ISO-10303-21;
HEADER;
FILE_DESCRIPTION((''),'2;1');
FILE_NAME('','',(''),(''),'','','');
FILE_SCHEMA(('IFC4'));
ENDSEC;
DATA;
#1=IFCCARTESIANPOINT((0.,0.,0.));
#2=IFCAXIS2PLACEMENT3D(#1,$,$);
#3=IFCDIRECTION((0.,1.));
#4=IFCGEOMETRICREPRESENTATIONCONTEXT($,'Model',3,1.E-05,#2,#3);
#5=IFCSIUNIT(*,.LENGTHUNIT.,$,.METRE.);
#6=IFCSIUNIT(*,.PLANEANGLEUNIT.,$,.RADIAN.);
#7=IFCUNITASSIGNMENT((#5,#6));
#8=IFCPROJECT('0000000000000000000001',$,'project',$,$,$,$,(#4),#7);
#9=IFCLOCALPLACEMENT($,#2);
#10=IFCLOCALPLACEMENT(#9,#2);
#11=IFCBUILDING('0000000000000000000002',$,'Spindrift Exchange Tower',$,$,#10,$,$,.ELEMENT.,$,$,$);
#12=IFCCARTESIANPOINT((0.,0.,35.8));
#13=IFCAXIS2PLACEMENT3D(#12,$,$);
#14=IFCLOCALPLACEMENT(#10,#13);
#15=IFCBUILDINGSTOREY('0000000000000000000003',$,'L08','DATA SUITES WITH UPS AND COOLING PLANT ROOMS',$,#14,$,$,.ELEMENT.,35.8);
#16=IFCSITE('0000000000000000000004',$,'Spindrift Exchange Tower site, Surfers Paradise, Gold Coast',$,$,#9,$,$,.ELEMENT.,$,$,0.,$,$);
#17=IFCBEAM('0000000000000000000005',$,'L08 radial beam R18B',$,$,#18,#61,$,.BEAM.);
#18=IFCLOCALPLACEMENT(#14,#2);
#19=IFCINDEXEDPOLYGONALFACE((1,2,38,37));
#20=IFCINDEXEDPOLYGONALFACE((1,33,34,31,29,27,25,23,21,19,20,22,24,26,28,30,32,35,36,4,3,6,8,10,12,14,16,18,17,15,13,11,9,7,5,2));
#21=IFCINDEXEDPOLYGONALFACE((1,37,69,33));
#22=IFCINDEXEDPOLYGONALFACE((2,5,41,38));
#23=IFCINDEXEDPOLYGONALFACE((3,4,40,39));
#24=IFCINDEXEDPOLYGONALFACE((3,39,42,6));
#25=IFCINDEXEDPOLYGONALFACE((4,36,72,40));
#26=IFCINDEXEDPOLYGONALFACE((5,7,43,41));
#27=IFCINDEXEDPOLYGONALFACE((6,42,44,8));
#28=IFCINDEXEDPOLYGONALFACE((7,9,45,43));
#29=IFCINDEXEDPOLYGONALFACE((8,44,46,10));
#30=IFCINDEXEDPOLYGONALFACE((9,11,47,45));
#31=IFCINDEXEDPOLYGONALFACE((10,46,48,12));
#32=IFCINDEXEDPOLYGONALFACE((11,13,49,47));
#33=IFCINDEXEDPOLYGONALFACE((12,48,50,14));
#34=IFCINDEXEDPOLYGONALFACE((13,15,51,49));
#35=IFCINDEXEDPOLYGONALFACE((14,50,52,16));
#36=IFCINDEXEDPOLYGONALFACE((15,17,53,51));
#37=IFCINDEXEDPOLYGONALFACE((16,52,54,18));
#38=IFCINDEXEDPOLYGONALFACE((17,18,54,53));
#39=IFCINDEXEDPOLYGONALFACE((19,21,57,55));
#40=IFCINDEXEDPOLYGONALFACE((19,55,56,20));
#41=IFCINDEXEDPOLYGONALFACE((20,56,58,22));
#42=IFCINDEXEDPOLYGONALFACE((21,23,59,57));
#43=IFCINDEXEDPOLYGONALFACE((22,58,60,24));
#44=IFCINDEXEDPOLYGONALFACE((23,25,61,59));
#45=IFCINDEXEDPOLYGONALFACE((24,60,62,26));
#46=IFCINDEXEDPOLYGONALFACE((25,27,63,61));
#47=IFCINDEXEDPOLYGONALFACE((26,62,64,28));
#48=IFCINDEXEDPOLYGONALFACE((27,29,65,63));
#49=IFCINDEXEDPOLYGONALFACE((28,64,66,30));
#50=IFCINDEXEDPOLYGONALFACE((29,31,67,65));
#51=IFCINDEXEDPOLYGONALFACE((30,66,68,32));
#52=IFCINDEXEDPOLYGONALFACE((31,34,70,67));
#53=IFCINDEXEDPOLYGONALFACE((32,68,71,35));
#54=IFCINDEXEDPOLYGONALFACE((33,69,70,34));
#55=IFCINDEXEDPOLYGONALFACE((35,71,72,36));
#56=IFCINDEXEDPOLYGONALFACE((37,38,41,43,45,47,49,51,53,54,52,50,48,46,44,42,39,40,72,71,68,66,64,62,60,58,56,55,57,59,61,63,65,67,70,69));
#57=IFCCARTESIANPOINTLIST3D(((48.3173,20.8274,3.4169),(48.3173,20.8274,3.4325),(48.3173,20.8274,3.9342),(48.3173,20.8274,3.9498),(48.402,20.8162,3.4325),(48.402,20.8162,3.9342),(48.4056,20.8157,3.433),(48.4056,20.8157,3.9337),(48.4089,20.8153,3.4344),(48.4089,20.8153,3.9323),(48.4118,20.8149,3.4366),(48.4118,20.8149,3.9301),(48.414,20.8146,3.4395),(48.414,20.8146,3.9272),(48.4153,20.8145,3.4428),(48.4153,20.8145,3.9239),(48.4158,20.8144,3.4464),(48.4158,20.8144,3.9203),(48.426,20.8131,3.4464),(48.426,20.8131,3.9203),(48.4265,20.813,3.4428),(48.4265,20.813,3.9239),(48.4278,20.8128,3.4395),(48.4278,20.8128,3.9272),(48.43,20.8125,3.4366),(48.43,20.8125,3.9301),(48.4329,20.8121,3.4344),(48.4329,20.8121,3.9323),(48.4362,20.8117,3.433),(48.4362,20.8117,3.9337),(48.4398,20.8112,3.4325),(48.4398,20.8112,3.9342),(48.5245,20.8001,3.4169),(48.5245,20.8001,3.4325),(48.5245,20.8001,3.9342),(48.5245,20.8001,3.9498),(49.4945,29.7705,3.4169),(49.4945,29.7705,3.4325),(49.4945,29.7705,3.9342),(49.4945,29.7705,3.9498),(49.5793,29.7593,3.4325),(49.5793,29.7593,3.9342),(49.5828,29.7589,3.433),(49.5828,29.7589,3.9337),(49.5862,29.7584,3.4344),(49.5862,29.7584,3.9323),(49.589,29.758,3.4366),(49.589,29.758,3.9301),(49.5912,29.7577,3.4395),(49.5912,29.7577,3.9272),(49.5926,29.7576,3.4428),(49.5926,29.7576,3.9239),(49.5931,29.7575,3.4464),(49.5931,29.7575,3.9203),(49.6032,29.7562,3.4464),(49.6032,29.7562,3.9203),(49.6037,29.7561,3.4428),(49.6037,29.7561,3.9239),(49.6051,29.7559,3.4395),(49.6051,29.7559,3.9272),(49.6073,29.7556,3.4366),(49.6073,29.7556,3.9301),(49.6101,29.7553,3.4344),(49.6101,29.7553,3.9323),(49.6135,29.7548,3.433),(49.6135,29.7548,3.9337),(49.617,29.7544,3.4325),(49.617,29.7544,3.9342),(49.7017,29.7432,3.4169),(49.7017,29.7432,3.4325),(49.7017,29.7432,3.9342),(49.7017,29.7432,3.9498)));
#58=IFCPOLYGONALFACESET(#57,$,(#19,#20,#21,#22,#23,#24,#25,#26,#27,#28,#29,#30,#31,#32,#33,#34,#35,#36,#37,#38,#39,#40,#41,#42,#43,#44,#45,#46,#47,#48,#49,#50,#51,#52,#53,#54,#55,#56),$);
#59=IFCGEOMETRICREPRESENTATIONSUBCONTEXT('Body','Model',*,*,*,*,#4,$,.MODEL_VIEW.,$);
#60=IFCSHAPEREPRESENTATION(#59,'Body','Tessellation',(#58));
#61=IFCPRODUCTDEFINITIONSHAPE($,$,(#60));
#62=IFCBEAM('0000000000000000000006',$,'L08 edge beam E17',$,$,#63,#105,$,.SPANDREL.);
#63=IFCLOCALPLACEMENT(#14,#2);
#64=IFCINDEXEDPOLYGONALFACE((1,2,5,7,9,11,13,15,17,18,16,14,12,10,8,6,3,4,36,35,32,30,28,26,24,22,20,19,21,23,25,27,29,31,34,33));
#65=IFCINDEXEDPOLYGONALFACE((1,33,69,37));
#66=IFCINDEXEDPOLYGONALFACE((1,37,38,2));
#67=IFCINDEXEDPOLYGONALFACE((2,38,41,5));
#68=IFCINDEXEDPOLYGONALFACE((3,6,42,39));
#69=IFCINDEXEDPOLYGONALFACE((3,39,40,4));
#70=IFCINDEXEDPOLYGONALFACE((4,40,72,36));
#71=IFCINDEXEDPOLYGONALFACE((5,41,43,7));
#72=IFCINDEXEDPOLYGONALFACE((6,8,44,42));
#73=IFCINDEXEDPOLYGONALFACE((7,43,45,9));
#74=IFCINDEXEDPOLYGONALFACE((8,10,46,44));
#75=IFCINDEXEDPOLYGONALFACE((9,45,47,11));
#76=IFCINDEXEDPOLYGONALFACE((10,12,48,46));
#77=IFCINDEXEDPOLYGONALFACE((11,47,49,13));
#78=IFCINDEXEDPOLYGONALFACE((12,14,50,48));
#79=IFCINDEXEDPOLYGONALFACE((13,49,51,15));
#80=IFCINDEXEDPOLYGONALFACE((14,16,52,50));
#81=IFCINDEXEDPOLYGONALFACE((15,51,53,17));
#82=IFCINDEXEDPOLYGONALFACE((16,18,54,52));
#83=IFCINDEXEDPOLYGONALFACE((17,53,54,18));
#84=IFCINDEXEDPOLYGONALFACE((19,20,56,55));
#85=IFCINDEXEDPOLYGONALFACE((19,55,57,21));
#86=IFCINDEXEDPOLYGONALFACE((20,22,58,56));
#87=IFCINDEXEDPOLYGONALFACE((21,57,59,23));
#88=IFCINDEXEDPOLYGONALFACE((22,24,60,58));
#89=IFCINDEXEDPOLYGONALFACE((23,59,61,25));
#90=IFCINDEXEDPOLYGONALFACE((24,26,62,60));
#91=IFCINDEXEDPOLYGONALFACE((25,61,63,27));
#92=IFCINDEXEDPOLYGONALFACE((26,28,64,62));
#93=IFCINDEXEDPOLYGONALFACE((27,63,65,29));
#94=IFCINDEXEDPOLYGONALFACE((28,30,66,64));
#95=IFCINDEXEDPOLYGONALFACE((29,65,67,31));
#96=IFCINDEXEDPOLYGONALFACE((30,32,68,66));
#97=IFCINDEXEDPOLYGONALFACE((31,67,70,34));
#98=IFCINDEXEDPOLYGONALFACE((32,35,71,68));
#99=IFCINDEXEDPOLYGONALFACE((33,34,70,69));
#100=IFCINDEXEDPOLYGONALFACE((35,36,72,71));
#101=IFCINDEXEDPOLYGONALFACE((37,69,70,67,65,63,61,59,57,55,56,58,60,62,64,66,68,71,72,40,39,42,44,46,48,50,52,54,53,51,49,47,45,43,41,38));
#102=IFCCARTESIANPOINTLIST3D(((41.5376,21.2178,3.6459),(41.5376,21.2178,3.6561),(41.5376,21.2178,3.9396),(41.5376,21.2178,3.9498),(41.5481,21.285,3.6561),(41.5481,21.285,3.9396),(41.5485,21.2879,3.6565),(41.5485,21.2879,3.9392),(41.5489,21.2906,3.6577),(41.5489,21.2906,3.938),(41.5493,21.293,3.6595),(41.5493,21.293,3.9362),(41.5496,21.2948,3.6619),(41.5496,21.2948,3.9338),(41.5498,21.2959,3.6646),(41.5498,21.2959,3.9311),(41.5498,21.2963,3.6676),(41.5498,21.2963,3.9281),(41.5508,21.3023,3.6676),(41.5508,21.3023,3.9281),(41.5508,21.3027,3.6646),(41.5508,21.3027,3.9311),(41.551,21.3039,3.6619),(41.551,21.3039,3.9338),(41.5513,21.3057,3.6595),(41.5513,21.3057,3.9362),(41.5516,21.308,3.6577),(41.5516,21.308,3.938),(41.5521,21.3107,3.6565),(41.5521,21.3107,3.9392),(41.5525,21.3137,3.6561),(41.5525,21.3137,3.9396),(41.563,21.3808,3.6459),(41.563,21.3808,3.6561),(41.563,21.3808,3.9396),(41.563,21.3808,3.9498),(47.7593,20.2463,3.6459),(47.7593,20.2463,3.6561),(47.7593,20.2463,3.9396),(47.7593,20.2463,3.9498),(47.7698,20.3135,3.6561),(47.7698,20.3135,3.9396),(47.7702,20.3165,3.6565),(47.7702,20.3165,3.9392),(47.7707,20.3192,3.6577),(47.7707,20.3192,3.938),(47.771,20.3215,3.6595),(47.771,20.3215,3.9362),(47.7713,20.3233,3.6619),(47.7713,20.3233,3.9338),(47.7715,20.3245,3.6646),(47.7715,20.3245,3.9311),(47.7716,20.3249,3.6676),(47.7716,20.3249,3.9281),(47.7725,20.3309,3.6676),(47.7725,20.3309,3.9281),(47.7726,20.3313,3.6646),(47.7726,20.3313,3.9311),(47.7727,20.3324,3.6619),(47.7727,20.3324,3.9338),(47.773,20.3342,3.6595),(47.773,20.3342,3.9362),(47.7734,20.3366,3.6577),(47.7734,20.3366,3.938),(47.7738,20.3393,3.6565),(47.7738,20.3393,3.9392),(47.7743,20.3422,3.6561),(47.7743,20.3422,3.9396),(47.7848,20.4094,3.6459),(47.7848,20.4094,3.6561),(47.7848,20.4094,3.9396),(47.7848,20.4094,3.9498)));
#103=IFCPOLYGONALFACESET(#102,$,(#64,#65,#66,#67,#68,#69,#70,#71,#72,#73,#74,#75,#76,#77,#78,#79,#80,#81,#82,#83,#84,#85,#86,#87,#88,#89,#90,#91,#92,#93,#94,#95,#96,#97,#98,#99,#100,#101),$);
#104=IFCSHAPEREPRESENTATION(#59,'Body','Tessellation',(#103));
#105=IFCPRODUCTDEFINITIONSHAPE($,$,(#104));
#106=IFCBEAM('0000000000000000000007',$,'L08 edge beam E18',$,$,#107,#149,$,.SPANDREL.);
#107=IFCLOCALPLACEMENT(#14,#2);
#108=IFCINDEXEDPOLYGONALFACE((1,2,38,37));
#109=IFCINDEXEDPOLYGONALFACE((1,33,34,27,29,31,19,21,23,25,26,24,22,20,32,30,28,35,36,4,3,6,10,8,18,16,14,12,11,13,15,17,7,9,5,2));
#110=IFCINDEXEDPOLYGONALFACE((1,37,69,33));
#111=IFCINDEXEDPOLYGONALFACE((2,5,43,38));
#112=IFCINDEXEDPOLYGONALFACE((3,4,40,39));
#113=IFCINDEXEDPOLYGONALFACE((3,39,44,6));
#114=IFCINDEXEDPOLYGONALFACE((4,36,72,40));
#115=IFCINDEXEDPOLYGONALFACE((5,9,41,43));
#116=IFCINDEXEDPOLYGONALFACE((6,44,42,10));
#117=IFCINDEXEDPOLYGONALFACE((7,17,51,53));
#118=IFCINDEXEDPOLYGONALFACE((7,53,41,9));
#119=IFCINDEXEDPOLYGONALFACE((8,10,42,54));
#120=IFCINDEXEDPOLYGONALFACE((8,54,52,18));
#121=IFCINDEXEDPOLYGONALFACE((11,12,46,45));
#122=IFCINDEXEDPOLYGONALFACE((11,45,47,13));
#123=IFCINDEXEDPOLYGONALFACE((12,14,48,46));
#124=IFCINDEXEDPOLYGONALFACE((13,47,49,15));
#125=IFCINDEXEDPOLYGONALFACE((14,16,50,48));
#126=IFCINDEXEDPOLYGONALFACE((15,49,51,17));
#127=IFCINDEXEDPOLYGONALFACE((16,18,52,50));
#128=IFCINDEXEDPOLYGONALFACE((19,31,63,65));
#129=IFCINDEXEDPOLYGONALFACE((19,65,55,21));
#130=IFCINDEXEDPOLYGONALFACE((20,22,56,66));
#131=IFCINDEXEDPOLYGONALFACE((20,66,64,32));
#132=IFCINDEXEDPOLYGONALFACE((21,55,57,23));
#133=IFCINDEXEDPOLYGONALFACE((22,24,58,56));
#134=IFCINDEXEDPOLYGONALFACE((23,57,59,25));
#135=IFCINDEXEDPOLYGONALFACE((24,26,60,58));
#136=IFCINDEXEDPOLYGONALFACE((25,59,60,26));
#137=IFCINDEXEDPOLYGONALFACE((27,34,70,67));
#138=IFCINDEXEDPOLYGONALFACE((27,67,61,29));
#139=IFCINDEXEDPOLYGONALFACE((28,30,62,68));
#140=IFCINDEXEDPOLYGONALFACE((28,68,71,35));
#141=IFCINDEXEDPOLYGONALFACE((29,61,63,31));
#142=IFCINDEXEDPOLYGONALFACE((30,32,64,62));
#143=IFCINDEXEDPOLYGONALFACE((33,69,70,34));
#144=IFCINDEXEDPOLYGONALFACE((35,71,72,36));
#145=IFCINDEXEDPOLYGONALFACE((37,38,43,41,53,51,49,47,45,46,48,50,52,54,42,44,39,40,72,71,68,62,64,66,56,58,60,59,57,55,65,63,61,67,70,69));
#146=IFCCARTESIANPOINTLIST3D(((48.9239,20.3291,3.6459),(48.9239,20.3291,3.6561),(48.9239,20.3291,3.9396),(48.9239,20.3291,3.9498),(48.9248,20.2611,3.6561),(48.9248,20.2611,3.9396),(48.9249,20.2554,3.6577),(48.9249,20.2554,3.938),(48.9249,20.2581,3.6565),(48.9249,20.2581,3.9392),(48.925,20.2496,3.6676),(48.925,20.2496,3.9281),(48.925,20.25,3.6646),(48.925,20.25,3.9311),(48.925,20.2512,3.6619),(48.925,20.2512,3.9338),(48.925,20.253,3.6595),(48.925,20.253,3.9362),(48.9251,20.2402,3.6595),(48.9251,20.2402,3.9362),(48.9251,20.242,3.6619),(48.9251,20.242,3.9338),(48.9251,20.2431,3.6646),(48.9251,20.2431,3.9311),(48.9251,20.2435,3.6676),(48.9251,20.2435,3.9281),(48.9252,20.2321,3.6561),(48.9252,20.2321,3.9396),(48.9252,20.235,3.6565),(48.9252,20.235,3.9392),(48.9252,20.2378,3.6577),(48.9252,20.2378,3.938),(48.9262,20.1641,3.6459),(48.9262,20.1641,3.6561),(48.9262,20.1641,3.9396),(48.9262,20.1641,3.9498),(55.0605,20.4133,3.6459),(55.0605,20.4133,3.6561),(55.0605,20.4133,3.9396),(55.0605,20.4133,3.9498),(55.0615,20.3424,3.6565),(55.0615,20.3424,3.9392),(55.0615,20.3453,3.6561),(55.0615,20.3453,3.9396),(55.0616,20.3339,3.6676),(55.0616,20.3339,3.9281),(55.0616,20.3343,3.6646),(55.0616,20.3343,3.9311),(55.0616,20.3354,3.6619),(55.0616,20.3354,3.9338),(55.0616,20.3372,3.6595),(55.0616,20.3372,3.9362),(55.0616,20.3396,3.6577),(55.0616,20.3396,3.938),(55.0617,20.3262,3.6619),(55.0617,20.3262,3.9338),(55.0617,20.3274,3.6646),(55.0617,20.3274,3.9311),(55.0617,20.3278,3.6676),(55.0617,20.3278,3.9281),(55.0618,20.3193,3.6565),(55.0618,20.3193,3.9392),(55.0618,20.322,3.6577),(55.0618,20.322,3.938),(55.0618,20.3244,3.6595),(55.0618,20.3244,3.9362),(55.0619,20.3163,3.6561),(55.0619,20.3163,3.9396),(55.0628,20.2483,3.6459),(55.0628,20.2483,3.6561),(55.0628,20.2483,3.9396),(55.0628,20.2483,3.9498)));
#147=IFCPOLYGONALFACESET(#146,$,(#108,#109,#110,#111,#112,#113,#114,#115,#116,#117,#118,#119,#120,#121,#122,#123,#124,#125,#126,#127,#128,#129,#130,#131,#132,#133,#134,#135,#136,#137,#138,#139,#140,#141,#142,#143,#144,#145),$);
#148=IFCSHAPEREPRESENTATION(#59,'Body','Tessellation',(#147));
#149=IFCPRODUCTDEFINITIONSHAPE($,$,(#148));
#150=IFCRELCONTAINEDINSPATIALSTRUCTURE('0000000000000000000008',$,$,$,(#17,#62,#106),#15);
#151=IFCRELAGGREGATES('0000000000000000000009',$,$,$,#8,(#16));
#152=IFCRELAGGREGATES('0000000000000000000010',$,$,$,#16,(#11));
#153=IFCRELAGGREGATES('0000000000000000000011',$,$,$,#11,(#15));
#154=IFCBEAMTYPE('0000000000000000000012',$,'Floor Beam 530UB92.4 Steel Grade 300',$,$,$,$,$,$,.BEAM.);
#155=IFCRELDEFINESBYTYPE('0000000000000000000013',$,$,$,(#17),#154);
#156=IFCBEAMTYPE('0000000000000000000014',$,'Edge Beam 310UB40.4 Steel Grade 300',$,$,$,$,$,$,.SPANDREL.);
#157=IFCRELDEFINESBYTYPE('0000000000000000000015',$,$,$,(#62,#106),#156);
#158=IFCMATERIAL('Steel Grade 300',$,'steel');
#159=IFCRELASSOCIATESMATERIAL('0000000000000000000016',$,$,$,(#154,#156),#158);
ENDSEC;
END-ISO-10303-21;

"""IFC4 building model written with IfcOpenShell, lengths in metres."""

from ifc_helpers import new_model, si_unit, direction, frame, origin, origin_2d, place, context, subcontext, project, spatial, i_section, extrude, source, transform, mapped, material, material_profile, profile_set, type_object, element, save


model = new_model("IFC4")

# Units and contexts
model_context = context("Model", 3, precision=1e-05, world=origin(), true_north=direction((0.0, 1.0)))
body_context = subcontext(model_context, "Body", "Model", "MODEL_VIEW")
ifc_project = project(units=[si_unit("LENGTHUNIT", "METRE"), si_unit("PLANEANGLEUNIT", "RADIAN")], contexts=[model_context])

# Site, building, storey
site_placement = place(None, origin())
site = spatial("IfcSite", under=ifc_project, at=site_placement, Name="Spindrift Exchange Tower site, Surfers Paradise, Gold Coast", CompositionType="ELEMENT", RefElevation=0.0)
building_placement = place(site_placement, origin())
building = spatial("IfcBuilding", under=site, at=building_placement, Name="Spindrift Exchange Tower", CompositionType="ELEMENT")
storey_placement = place(building_placement, frame((0.0, 0.0, 35.8)))
storey = spatial("IfcBuildingStorey", under=building, at=storey_placement, Name="L08", Description="DATA SUITES WITH UPS AND COOLING PLANT ROOMS", CompositionType="ELEMENT", Elevation=35.8)

# Beams
ifc_material_1 = material(Name="Steel Grade 300", Category="steel")
ifc_material_profile_1 = material_profile(ifc_material_1, i_section(OverallWidth=0.209, OverallDepth=0.533, WebThickness=0.0103, FlangeThickness=0.0156, FilletRadius=0.0139, at=origin_2d()), Name="530UB92.4")
ifc_profile_set_1 = profile_set([ifc_material_profile_1], Name="Steel Grade 300")
beam_type_1 = type_object("IfcBeamType", Name="Floor Beam 530UB92.4 Steel Grade 300", PredefinedType="BEAM", material=ifc_profile_set_1)
shared_shape_1 = source(origin(), body_context, "Body", "SweptSolid", [
    extrude(i_section(OverallWidth=0.209, OverallDepth=0.533, WebThickness=0.0103, FlangeThickness=0.0156, FilletRadius=0.0139, at=origin_2d()), origin(), (0.0, 0.0, 1.0), 9.0203),
])
beam_1_placement = place(storey_placement, frame((49.5981, 29.7568, 3.6833), z_axis=(-0.130511, -0.991447, 0.0), x_axis=(0.991447, -0.130511, 0.0)))
element("IfcBeam", 1, at=beam_1_placement, inside=storey, type_object=beam_type_1, Name="L08 radial beam R18B", PredefinedType="BEAM", context=body_context, shape_type="MappedRepresentation", body=[
    mapped(shared_shape_1, transform((0.0, 0.0, 0.0), scale=1.0)),
])
ifc_material_profile_2 = material_profile(ifc_material_1, i_section(OverallWidth=0.165, OverallDepth=0.304, WebThickness=0.0061, FlangeThickness=0.0103, FilletRadius=0.0115, at=origin_2d()), Name="310UB40.4")
ifc_profile_set_2 = profile_set([ifc_material_profile_2], Name="Steel Grade 300")
beam_type_2 = type_object("IfcBeamType", Name="Edge Beam 310UB40.4 Steel Grade 300", PredefinedType="SPANDREL", material=ifc_profile_set_2)
shared_shape_2 = source(origin(), body_context, "Body", "SweptSolid", [
    extrude(i_section(OverallWidth=0.165, OverallDepth=0.304, WebThickness=0.0061, FlangeThickness=0.0103, FilletRadius=0.0115, at=origin_2d()), origin(), (0.0, 0.0, 1.0), 6.2971),
])
beam_2_placement = place(storey_placement, frame((41.5503, 21.2993, 3.7979), z_axis=(0.988029, -0.154268, 0.0), x_axis=(0.154268, 0.988029, 0.0)))
element("IfcBeam", 2, at=beam_2_placement, inside=storey, type_object=beam_type_2, Name="L08 edge beam E17", PredefinedType="SPANDREL", context=body_context, shape_type="MappedRepresentation", body=[
    mapped(shared_shape_2, transform((0.0, 0.0, 0.0), scale=1.0)),
])
shared_shape_3 = source(origin(), body_context, "Body", "SweptSolid", [
    extrude(i_section(OverallWidth=0.165, OverallDepth=0.304, WebThickness=0.0061, FlangeThickness=0.0103, FilletRadius=0.0115, at=origin_2d()), origin(), (0.0, 0.0, 1.0), 6.1372),
])
beam_3_placement = place(storey_placement, frame((48.925, 20.2466, 3.7979), z_axis=(0.999906, 0.013724, 0.0), x_axis=(-0.013724, 0.999906, 0.0)))
element("IfcBeam", 3, at=beam_3_placement, inside=storey, type_object=beam_type_2, Name="L08 edge beam E18", PredefinedType="SPANDREL", context=body_context, shape_type="MappedRepresentation", body=[
    mapped(shared_shape_3, transform((0.0, 0.0, 0.0), scale=1.0)),
])

save(model, "model.ifc")
